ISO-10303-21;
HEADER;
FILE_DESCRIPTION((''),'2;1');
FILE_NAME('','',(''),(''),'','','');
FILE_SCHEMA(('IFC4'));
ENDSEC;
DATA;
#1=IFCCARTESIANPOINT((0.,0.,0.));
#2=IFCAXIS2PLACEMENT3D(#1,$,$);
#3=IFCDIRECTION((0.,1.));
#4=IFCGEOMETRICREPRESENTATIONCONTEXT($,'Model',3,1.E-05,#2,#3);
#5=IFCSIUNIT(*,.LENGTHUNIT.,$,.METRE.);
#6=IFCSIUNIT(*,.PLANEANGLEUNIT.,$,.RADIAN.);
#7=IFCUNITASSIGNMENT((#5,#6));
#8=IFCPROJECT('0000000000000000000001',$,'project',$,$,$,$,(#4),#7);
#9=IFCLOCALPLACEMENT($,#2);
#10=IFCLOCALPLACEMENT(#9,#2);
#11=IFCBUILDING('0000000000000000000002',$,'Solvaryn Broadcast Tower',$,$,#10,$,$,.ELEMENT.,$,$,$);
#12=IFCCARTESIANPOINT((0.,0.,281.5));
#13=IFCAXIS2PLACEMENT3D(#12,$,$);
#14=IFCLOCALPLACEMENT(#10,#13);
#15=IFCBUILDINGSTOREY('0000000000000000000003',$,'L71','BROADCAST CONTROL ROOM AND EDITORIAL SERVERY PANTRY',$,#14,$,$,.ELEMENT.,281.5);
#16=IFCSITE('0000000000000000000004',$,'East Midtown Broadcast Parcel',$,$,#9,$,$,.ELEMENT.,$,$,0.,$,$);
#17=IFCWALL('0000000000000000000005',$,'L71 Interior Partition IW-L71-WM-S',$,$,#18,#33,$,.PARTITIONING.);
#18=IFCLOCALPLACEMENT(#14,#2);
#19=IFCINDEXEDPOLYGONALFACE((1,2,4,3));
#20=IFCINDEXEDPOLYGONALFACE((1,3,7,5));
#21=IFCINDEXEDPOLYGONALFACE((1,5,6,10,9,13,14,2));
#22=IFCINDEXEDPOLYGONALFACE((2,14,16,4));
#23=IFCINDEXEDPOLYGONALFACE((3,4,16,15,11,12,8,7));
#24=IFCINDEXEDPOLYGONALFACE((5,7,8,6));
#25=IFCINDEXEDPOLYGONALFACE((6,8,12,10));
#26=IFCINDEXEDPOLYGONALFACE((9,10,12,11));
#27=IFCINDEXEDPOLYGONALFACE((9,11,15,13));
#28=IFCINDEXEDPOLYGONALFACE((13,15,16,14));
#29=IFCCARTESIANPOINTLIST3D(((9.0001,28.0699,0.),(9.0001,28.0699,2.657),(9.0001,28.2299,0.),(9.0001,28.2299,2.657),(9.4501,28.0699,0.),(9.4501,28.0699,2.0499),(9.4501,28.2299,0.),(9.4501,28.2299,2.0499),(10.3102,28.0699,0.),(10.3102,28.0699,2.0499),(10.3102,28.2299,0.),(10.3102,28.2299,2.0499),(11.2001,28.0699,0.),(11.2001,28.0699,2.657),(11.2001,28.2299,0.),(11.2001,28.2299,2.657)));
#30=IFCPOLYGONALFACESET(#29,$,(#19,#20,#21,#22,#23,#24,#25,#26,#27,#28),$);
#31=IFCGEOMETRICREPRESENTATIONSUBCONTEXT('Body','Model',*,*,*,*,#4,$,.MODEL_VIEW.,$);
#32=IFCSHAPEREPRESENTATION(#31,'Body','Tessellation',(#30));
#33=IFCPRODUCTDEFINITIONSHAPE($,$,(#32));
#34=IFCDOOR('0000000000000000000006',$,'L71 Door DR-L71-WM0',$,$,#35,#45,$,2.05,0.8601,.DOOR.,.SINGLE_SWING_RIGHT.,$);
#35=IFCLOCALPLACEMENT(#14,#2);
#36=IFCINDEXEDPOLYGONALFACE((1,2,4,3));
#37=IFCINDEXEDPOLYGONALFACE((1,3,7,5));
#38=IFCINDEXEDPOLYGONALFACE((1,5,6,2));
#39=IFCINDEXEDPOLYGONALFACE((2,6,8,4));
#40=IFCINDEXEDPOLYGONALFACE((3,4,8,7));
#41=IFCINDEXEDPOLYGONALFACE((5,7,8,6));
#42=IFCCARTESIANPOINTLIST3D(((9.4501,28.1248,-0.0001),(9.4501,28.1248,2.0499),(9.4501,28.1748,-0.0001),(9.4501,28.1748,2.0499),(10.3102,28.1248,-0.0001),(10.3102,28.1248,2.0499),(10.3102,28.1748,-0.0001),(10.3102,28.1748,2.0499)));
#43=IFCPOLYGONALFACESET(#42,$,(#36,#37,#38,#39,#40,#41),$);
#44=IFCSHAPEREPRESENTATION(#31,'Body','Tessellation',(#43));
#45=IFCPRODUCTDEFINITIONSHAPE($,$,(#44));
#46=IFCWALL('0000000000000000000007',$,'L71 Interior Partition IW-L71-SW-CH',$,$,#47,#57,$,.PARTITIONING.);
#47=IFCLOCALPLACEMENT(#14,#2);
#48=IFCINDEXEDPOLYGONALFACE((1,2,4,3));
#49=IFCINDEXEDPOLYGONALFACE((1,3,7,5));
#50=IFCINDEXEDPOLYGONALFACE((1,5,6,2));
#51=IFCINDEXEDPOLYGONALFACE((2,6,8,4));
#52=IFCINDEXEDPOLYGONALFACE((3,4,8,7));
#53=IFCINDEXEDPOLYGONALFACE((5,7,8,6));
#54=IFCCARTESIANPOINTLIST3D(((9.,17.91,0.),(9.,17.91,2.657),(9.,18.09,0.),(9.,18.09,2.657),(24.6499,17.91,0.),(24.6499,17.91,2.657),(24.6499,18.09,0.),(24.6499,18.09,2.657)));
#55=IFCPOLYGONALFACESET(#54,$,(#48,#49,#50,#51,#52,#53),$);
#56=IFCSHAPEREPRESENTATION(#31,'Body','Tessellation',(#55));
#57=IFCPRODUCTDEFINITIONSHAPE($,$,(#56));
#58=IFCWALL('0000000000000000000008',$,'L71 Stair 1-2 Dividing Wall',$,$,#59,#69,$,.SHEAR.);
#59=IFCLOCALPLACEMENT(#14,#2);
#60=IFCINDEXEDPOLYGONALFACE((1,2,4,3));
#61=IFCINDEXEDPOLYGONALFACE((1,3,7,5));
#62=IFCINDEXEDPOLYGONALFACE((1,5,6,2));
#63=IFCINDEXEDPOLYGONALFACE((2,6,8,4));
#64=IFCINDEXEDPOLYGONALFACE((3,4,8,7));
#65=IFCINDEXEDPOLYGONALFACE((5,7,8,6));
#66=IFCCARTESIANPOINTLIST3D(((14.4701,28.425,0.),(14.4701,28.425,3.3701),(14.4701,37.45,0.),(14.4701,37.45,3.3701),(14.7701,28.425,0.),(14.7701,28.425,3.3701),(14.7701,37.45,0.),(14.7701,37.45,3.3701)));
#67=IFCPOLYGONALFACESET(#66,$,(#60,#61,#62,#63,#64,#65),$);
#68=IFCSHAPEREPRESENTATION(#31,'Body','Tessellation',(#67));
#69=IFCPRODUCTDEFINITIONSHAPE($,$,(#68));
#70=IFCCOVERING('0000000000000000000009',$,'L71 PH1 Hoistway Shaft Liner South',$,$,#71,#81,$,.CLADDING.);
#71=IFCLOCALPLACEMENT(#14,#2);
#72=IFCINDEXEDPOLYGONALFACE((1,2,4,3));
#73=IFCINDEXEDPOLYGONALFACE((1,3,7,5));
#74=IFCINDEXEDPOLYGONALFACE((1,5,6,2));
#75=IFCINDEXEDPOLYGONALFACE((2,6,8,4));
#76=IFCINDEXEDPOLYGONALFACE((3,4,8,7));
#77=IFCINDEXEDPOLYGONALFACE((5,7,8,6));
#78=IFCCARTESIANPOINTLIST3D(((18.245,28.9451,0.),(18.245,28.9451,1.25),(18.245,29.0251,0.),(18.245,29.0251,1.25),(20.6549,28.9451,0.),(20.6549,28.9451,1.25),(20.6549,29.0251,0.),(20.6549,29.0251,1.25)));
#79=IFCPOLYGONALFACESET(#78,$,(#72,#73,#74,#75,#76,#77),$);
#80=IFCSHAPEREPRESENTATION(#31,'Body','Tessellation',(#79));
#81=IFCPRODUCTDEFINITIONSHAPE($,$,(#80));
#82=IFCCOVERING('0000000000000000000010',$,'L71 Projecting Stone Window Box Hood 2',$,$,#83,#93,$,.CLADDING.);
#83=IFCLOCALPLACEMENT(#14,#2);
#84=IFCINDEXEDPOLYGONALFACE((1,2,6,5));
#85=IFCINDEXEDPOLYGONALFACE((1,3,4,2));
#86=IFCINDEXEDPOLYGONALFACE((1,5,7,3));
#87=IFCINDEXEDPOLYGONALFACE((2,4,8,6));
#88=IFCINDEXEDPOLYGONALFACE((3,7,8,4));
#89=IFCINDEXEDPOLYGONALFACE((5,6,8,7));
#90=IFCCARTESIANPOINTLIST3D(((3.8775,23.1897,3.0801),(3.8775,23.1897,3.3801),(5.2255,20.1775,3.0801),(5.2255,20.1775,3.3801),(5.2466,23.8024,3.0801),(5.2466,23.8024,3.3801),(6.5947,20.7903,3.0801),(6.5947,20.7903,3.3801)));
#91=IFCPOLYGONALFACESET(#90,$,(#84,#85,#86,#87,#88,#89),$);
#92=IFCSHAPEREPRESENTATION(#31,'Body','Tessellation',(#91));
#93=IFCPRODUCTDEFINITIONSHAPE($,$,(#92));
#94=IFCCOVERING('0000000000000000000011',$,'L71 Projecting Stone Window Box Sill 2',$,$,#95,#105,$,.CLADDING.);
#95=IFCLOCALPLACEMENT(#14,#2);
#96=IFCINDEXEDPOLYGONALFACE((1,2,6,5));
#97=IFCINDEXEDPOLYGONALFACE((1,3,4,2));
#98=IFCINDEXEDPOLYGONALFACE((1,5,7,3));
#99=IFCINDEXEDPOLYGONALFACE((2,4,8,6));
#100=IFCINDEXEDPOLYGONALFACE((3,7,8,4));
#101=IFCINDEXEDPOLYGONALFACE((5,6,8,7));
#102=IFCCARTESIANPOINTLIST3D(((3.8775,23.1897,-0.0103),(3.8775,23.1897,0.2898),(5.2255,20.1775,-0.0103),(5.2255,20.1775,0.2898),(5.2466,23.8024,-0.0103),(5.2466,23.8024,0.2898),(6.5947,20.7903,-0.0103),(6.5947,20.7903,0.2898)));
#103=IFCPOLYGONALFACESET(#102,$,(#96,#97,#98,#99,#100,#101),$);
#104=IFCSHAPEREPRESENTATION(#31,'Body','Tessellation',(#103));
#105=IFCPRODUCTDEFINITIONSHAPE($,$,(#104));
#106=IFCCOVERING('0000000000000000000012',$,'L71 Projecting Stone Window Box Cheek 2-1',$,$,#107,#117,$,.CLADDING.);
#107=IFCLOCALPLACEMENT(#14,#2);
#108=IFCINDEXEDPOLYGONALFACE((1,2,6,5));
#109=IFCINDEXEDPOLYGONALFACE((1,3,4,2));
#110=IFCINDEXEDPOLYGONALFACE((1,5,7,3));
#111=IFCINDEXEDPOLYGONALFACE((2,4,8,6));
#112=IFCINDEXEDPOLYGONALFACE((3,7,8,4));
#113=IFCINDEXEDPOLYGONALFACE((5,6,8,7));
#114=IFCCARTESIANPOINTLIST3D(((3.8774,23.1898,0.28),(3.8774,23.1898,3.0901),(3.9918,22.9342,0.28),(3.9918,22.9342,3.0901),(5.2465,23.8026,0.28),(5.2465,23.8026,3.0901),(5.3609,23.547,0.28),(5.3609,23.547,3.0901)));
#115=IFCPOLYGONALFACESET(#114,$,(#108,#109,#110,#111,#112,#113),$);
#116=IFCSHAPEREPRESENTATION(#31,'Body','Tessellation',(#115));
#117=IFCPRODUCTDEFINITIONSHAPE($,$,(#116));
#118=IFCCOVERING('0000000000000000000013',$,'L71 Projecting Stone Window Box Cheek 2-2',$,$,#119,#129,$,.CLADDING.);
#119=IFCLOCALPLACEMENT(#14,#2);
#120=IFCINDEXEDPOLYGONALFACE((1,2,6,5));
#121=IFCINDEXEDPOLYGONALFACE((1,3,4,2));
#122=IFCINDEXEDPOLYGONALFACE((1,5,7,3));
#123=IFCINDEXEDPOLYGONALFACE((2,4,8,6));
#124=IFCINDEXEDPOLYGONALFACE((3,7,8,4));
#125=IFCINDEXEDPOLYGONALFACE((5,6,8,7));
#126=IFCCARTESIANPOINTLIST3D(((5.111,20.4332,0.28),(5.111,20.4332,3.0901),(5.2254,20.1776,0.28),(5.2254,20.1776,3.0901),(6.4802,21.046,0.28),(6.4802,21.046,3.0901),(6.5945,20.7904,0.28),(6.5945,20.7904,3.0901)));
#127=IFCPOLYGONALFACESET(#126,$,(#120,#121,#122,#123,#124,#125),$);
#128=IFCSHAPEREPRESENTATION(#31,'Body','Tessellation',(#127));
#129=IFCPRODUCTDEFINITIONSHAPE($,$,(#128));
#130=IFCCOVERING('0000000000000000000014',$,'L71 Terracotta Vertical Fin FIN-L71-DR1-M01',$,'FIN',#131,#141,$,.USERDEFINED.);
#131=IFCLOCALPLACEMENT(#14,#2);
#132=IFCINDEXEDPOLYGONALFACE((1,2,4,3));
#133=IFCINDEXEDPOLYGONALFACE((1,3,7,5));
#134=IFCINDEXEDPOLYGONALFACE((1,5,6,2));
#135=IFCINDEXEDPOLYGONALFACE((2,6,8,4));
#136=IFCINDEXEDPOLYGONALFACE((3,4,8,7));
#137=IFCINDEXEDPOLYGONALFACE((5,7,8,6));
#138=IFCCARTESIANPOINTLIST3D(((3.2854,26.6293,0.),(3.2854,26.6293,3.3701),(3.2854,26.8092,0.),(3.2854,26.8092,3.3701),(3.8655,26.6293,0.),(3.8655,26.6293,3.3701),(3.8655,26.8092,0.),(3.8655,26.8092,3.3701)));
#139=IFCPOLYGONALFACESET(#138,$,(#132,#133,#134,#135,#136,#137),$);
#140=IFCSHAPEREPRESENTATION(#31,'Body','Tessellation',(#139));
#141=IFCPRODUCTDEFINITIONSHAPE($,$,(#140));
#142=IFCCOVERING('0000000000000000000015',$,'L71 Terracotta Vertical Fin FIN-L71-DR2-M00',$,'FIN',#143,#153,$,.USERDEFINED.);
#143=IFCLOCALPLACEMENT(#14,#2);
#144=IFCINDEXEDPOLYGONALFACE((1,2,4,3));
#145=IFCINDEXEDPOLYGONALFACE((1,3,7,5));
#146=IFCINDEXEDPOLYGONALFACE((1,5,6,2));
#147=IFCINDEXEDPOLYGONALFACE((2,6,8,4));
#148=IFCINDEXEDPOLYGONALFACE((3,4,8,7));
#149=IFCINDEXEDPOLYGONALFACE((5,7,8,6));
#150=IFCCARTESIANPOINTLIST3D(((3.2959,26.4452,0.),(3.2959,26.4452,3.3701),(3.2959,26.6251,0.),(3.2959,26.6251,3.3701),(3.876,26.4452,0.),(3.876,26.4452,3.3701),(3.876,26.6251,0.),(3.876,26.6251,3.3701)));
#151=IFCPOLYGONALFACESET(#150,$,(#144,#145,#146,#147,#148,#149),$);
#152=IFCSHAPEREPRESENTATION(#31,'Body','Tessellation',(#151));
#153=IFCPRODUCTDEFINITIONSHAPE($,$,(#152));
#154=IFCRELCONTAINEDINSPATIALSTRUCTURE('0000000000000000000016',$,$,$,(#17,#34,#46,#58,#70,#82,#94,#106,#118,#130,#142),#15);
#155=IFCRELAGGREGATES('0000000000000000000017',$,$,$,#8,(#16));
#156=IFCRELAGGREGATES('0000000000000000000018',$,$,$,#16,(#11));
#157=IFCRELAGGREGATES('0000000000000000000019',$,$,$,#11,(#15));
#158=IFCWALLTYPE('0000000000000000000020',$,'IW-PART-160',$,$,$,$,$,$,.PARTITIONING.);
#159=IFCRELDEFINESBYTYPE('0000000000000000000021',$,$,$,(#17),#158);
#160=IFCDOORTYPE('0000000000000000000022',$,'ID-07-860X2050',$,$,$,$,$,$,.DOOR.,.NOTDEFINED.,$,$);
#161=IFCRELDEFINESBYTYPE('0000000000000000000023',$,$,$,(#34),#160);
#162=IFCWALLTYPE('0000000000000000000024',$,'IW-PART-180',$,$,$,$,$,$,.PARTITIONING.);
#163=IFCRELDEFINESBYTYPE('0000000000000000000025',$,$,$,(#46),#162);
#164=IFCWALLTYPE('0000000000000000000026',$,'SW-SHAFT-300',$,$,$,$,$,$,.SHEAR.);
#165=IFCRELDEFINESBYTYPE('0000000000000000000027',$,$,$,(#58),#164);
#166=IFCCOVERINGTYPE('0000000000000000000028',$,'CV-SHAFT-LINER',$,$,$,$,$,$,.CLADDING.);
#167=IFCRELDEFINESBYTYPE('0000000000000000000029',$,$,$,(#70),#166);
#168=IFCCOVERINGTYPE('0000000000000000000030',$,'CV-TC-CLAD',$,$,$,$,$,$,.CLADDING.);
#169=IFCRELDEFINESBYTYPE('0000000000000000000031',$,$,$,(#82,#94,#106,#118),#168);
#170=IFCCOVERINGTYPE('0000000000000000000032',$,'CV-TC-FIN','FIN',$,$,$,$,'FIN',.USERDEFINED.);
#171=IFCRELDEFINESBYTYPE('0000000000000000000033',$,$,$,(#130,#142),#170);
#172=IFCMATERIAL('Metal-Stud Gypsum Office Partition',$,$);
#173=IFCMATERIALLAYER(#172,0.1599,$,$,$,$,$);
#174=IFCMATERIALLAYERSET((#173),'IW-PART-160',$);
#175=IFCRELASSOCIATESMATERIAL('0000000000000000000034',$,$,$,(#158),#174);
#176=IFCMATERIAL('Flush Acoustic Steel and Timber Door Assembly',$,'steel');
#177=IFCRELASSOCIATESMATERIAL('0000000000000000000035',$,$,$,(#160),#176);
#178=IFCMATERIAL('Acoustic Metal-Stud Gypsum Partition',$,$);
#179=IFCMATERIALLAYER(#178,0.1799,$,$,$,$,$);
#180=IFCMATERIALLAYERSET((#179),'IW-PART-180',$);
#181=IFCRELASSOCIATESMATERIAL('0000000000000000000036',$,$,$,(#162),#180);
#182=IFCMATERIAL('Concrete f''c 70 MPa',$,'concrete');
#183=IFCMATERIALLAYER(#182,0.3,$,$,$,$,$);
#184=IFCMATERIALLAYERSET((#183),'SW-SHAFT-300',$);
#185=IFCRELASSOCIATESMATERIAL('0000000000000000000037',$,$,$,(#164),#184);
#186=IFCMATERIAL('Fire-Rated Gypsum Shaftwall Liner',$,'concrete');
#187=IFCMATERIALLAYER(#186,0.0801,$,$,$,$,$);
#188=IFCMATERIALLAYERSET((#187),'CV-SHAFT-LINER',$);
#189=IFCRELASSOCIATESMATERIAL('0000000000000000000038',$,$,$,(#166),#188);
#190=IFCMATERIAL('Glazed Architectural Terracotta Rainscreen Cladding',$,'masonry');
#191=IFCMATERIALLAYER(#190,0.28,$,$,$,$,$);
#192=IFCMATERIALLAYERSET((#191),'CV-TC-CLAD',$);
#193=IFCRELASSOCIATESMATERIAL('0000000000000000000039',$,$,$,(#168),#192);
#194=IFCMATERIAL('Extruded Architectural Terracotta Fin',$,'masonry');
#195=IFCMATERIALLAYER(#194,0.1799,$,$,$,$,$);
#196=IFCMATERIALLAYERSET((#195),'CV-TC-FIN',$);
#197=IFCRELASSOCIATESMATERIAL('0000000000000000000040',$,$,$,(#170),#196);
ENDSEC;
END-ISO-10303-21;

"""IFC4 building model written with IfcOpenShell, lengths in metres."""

from ifc_helpers import new_model, si_unit, direction, frame, frame_2d, origin, origin_2d, place, context, subcontext, project, spatial, rectangle, extrude, material, layer, layer_set, type_object, element, fill, save


model = new_model("IFC4")

# Units and contexts
model_context = context("Model", 3, precision=1e-05, world=origin(), true_north=direction((0.0, 1.0)))
body_context = subcontext(model_context, "Body", "Model", "MODEL_VIEW")
ifc_project = project(units=[si_unit("LENGTHUNIT", "METRE"), si_unit("PLANEANGLEUNIT", "RADIAN")], contexts=[model_context])

# Site, building, storey
site_placement = place(None, origin())
site = spatial("IfcSite", under=ifc_project, at=site_placement, Name="East Midtown Broadcast Parcel", CompositionType="ELEMENT", RefElevation=0.0)
building_placement = place(site_placement, origin())
building = spatial("IfcBuilding", under=site, at=building_placement, Name="Solvaryn Broadcast Tower", CompositionType="ELEMENT")
storey_placement = place(building_placement, frame((0.0, 0.0, 281.5)))
storey = spatial("IfcBuildingStorey", under=building, at=storey_placement, Name="L71", Description="BROADCAST CONTROL ROOM AND EDITORIAL SERVERY PANTRY", CompositionType="ELEMENT", Elevation=281.5)

# Wall, opening, door
ifc_material_1 = material(Name="Metal-Stud Gypsum Office Partition")
ifc_layer_1 = layer(ifc_material_1, 0.1599)
ifc_layer_set_1 = layer_set([ifc_layer_1], Name="IW-PART-160")
wall_type_1 = type_object("IfcWallType", Name="IW-PART-160", PredefinedType="PARTITIONING", material=ifc_layer_set_1)
wall_1_placement = place(storey_placement, frame((9.0, 28.1499, 0.0), z_axis=(0.0, 0.0, 1.0), x_axis=(1.0, 0.0, 0.0)))
wall_1 = element("IfcWall", 1, at=wall_1_placement, inside=storey, type_object=wall_type_1, Name="L71 Interior Partition IW-L71-WM-S", PredefinedType="PARTITIONING", context=body_context, shape_type="SweptSolid", body=[
    extrude(rectangle(XDim=2.2, YDim=0.1599, at=frame_2d((1.1001, 0.0))), origin(), (0.0, 0.0, 1.0), 2.657),
])
opening_1_placement = place(wall_1_placement, frame((0.45, 0.0, 0.0)))
opening_1 = element("IfcOpeningElement", 2, at=opening_1_placement, cuts=wall_1, PredefinedType="OPENING", context=body_context, shape_type="SweptSolid", body=[
    extrude(rectangle(XDim=0.8601, YDim=2.05, at=frame_2d((0.4302, 1.0249))), frame((0.0, 0.0901, 0.0), z_axis=(0.0, -1.0, 0.0), x_axis=(1.0, 0.0, 0.0)), (0.0, 0.0, 1.0), 0.1799),
])
ifc_material_2 = material(Name="Flush Acoustic Steel and Timber Door Assembly", Category="steel")
door_type_1 = type_object("IfcDoorType", Name="ID-07-860X2050", OperationType="NOTDEFINED", PredefinedType="DOOR", material=ifc_material_2)
door_1_placement = place(opening_1_placement, origin())
door_1 = element("IfcDoor", 3, at=door_1_placement, inside=storey, type_object=door_type_1, Name="L71 Door DR-L71-WM0", OperationType="SINGLE_SWING_RIGHT", OverallHeight=2.05, OverallWidth=0.8601, PredefinedType="DOOR", context=body_context, shape_type="SweptSolid", body=[
    extrude(rectangle(XDim=0.8601, YDim=2.05, at=frame_2d((0.4302, 1.0249))), frame((0.0, 0.0249, 0.0), z_axis=(0.0, -1.0, 0.0), x_axis=(1.0, 0.0, 0.0)), (0.0, 0.0, 1.0), 0.05),
])
fill(opening_1, door_1)

# Walls
ifc_material_3 = material(Name="Acoustic Metal-Stud Gypsum Partition")
ifc_layer_2 = layer(ifc_material_3, 0.1799)
ifc_layer_set_2 = layer_set([ifc_layer_2], Name="IW-PART-180")
wall_type_2 = type_object("IfcWallType", Name="IW-PART-180", PredefinedType="PARTITIONING", material=ifc_layer_set_2)
wall_2_placement = place(storey_placement, frame((9.0, 18.0, 0.0), z_axis=(0.0, 0.0, 1.0), x_axis=(1.0, 0.0, 0.0)))
element("IfcWall", 4, at=wall_2_placement, inside=storey, type_object=wall_type_2, Name="L71 Interior Partition IW-L71-SW-CH", PredefinedType="PARTITIONING", context=body_context, shape_type="SweptSolid", body=[
    extrude(rectangle(XDim=15.6499, YDim=0.1799, at=frame_2d((7.825, 0.0))), origin(), (0.0, 0.0, 1.0), 2.657),
])
ifc_material_4 = material(Name="Concrete f'c 70 MPa", Category="concrete")
ifc_layer_3 = layer(ifc_material_4, 0.3)
ifc_layer_set_3 = layer_set([ifc_layer_3], Name="SW-SHAFT-300")
wall_type_3 = type_object("IfcWallType", Name="SW-SHAFT-300", PredefinedType="SHEAR", material=ifc_layer_set_3)
wall_3_placement = place(storey_placement, frame((14.6201, 28.425, 0.0), z_axis=(0.0, 0.0, 1.0), x_axis=(0.0, 1.0, 0.0)))
element("IfcWall", 5, at=wall_3_placement, inside=storey, type_object=wall_type_3, Name="L71 Stair 1-2 Dividing Wall", PredefinedType="SHEAR", context=body_context, shape_type="SweptSolid", body=[
    extrude(rectangle(XDim=9.0249, YDim=0.3, at=frame_2d((4.5125, 0.0))), origin(), (0.0, 0.0, 1.0), 3.3701),
])

# Coverings
ifc_material_5 = material(Name="Fire-Rated Gypsum Shaftwall Liner", Category="concrete")
ifc_layer_4 = layer(ifc_material_5, 0.0801)
ifc_layer_set_4 = layer_set([ifc_layer_4], Name="CV-SHAFT-LINER")
covering_type_1 = type_object("IfcCoveringType", Name="CV-SHAFT-LINER", PredefinedType="CLADDING", material=ifc_layer_set_4)
covering_placement = place(storey_placement, frame((19.45, 28.9851, 0.0), z_axis=(0.0, 0.0, 1.0), x_axis=(1.0, 0.0, 0.0)))
element("IfcCovering", 6, at=covering_placement, inside=storey, type_object=covering_type_1, Name="L71 PH1 Hoistway Shaft Liner South", PredefinedType="CLADDING", context=body_context, shape_type="SweptSolid", body=[
    extrude(rectangle(XDim=2.4099, YDim=0.0801, at=origin_2d()), origin(), (0.0, 0.0, 1.0), 1.25),
])
ifc_material_6 = material(Name="Glazed Architectural Terracotta Rainscreen Cladding", Category="masonry")
ifc_layer_5 = layer(ifc_material_6, 0.28)
ifc_layer_set_5 = layer_set([ifc_layer_5], Name="CV-TC-CLAD")
covering_type_2 = type_object("IfcCoveringType", Name="CV-TC-CLAD", PredefinedType="CLADDING", material=ifc_layer_set_5)
for number, where, z_axis, x_axis, name in (
    (7, (5.2361, 21.99, 3.0801), (0.0, 0.0, 1.0), (0.40849, -0.912763, 0.0), "L71 Projecting Stone Window Box Hood 2"),
    (8, (5.2361, 21.99, -0.0103), (0.0, 0.0, 1.0), (0.40849, -0.912763, 0.0), "L71 Projecting Stone Window Box Sill 2"),
):
    element("IfcCovering", number, at=place(storey_placement, frame(where, z_axis=z_axis, x_axis=x_axis)), inside=storey, type_object=covering_type_2, Name=name, PredefinedType="CLADDING", context=body_context, shape_type="SweptSolid", body=[
        extrude(rectangle(XDim=3.3, YDim=1.5, at=origin_2d()), origin(), (0.0, 0.0, 1.0), 0.3),
    ])
for number, where, z_axis, x_axis, name in (
    (9, (4.6191, 23.3684, 0.28), (0.0, 0.0, 1.0), (0.40849, -0.912763, 0.0), "L71 Projecting Stone Window Box Cheek 2-1"),
    (10, (5.8528, 20.6118, 0.28), (0.0, 0.0, 1.0), (0.40849, -0.912763, 0.0), "L71 Projecting Stone Window Box Cheek 2-2"),
):
    element("IfcCovering", number, at=place(storey_placement, frame(where, z_axis=z_axis, x_axis=x_axis)), inside=storey, type_object=covering_type_2, Name=name, PredefinedType="CLADDING", context=body_context, shape_type="SweptSolid", body=[
        extrude(rectangle(XDim=0.28, YDim=1.5, at=origin_2d()), origin(), (0.0, 0.0, 1.0), 2.8101),
    ])
ifc_material_7 = material(Name="Extruded Architectural Terracotta Fin", Category="masonry")
ifc_layer_6 = layer(ifc_material_7, 0.1799)
ifc_layer_set_6 = layer_set([ifc_layer_6], Name="CV-TC-FIN")
covering_type_3 = type_object("IfcCoveringType", Name="CV-TC-FIN", Description="FIN", ElementType="FIN", PredefinedType="USERDEFINED", material=ifc_layer_set_6)
for number, where, z_axis, x_axis, name in (
    (11, (3.5754, 26.7192, 0.0), (0.0, 0.0, 1.0), (1.0, 0.0, 0.0), "L71 Terracotta Vertical Fin FIN-L71-DR1-M01"),
    (12, (3.5859, 26.5352, 0.0), (0.0, 0.0, 1.0), (1.0, 0.0, 0.0), "L71 Terracotta Vertical Fin FIN-L71-DR2-M00"),
):
    element("IfcCovering", number, at=place(storey_placement, frame(where, z_axis=z_axis, x_axis=x_axis)), inside=storey, type_object=covering_type_3, Name=name, ObjectType="FIN", PredefinedType="USERDEFINED", context=body_context, shape_type="SweptSolid", body=[
        extrude(rectangle(XDim=0.5801, YDim=0.1799, at=origin_2d()), origin(), (0.0, 0.0, 1.0), 3.3701),
    ])

save(model, "model.ifc")
